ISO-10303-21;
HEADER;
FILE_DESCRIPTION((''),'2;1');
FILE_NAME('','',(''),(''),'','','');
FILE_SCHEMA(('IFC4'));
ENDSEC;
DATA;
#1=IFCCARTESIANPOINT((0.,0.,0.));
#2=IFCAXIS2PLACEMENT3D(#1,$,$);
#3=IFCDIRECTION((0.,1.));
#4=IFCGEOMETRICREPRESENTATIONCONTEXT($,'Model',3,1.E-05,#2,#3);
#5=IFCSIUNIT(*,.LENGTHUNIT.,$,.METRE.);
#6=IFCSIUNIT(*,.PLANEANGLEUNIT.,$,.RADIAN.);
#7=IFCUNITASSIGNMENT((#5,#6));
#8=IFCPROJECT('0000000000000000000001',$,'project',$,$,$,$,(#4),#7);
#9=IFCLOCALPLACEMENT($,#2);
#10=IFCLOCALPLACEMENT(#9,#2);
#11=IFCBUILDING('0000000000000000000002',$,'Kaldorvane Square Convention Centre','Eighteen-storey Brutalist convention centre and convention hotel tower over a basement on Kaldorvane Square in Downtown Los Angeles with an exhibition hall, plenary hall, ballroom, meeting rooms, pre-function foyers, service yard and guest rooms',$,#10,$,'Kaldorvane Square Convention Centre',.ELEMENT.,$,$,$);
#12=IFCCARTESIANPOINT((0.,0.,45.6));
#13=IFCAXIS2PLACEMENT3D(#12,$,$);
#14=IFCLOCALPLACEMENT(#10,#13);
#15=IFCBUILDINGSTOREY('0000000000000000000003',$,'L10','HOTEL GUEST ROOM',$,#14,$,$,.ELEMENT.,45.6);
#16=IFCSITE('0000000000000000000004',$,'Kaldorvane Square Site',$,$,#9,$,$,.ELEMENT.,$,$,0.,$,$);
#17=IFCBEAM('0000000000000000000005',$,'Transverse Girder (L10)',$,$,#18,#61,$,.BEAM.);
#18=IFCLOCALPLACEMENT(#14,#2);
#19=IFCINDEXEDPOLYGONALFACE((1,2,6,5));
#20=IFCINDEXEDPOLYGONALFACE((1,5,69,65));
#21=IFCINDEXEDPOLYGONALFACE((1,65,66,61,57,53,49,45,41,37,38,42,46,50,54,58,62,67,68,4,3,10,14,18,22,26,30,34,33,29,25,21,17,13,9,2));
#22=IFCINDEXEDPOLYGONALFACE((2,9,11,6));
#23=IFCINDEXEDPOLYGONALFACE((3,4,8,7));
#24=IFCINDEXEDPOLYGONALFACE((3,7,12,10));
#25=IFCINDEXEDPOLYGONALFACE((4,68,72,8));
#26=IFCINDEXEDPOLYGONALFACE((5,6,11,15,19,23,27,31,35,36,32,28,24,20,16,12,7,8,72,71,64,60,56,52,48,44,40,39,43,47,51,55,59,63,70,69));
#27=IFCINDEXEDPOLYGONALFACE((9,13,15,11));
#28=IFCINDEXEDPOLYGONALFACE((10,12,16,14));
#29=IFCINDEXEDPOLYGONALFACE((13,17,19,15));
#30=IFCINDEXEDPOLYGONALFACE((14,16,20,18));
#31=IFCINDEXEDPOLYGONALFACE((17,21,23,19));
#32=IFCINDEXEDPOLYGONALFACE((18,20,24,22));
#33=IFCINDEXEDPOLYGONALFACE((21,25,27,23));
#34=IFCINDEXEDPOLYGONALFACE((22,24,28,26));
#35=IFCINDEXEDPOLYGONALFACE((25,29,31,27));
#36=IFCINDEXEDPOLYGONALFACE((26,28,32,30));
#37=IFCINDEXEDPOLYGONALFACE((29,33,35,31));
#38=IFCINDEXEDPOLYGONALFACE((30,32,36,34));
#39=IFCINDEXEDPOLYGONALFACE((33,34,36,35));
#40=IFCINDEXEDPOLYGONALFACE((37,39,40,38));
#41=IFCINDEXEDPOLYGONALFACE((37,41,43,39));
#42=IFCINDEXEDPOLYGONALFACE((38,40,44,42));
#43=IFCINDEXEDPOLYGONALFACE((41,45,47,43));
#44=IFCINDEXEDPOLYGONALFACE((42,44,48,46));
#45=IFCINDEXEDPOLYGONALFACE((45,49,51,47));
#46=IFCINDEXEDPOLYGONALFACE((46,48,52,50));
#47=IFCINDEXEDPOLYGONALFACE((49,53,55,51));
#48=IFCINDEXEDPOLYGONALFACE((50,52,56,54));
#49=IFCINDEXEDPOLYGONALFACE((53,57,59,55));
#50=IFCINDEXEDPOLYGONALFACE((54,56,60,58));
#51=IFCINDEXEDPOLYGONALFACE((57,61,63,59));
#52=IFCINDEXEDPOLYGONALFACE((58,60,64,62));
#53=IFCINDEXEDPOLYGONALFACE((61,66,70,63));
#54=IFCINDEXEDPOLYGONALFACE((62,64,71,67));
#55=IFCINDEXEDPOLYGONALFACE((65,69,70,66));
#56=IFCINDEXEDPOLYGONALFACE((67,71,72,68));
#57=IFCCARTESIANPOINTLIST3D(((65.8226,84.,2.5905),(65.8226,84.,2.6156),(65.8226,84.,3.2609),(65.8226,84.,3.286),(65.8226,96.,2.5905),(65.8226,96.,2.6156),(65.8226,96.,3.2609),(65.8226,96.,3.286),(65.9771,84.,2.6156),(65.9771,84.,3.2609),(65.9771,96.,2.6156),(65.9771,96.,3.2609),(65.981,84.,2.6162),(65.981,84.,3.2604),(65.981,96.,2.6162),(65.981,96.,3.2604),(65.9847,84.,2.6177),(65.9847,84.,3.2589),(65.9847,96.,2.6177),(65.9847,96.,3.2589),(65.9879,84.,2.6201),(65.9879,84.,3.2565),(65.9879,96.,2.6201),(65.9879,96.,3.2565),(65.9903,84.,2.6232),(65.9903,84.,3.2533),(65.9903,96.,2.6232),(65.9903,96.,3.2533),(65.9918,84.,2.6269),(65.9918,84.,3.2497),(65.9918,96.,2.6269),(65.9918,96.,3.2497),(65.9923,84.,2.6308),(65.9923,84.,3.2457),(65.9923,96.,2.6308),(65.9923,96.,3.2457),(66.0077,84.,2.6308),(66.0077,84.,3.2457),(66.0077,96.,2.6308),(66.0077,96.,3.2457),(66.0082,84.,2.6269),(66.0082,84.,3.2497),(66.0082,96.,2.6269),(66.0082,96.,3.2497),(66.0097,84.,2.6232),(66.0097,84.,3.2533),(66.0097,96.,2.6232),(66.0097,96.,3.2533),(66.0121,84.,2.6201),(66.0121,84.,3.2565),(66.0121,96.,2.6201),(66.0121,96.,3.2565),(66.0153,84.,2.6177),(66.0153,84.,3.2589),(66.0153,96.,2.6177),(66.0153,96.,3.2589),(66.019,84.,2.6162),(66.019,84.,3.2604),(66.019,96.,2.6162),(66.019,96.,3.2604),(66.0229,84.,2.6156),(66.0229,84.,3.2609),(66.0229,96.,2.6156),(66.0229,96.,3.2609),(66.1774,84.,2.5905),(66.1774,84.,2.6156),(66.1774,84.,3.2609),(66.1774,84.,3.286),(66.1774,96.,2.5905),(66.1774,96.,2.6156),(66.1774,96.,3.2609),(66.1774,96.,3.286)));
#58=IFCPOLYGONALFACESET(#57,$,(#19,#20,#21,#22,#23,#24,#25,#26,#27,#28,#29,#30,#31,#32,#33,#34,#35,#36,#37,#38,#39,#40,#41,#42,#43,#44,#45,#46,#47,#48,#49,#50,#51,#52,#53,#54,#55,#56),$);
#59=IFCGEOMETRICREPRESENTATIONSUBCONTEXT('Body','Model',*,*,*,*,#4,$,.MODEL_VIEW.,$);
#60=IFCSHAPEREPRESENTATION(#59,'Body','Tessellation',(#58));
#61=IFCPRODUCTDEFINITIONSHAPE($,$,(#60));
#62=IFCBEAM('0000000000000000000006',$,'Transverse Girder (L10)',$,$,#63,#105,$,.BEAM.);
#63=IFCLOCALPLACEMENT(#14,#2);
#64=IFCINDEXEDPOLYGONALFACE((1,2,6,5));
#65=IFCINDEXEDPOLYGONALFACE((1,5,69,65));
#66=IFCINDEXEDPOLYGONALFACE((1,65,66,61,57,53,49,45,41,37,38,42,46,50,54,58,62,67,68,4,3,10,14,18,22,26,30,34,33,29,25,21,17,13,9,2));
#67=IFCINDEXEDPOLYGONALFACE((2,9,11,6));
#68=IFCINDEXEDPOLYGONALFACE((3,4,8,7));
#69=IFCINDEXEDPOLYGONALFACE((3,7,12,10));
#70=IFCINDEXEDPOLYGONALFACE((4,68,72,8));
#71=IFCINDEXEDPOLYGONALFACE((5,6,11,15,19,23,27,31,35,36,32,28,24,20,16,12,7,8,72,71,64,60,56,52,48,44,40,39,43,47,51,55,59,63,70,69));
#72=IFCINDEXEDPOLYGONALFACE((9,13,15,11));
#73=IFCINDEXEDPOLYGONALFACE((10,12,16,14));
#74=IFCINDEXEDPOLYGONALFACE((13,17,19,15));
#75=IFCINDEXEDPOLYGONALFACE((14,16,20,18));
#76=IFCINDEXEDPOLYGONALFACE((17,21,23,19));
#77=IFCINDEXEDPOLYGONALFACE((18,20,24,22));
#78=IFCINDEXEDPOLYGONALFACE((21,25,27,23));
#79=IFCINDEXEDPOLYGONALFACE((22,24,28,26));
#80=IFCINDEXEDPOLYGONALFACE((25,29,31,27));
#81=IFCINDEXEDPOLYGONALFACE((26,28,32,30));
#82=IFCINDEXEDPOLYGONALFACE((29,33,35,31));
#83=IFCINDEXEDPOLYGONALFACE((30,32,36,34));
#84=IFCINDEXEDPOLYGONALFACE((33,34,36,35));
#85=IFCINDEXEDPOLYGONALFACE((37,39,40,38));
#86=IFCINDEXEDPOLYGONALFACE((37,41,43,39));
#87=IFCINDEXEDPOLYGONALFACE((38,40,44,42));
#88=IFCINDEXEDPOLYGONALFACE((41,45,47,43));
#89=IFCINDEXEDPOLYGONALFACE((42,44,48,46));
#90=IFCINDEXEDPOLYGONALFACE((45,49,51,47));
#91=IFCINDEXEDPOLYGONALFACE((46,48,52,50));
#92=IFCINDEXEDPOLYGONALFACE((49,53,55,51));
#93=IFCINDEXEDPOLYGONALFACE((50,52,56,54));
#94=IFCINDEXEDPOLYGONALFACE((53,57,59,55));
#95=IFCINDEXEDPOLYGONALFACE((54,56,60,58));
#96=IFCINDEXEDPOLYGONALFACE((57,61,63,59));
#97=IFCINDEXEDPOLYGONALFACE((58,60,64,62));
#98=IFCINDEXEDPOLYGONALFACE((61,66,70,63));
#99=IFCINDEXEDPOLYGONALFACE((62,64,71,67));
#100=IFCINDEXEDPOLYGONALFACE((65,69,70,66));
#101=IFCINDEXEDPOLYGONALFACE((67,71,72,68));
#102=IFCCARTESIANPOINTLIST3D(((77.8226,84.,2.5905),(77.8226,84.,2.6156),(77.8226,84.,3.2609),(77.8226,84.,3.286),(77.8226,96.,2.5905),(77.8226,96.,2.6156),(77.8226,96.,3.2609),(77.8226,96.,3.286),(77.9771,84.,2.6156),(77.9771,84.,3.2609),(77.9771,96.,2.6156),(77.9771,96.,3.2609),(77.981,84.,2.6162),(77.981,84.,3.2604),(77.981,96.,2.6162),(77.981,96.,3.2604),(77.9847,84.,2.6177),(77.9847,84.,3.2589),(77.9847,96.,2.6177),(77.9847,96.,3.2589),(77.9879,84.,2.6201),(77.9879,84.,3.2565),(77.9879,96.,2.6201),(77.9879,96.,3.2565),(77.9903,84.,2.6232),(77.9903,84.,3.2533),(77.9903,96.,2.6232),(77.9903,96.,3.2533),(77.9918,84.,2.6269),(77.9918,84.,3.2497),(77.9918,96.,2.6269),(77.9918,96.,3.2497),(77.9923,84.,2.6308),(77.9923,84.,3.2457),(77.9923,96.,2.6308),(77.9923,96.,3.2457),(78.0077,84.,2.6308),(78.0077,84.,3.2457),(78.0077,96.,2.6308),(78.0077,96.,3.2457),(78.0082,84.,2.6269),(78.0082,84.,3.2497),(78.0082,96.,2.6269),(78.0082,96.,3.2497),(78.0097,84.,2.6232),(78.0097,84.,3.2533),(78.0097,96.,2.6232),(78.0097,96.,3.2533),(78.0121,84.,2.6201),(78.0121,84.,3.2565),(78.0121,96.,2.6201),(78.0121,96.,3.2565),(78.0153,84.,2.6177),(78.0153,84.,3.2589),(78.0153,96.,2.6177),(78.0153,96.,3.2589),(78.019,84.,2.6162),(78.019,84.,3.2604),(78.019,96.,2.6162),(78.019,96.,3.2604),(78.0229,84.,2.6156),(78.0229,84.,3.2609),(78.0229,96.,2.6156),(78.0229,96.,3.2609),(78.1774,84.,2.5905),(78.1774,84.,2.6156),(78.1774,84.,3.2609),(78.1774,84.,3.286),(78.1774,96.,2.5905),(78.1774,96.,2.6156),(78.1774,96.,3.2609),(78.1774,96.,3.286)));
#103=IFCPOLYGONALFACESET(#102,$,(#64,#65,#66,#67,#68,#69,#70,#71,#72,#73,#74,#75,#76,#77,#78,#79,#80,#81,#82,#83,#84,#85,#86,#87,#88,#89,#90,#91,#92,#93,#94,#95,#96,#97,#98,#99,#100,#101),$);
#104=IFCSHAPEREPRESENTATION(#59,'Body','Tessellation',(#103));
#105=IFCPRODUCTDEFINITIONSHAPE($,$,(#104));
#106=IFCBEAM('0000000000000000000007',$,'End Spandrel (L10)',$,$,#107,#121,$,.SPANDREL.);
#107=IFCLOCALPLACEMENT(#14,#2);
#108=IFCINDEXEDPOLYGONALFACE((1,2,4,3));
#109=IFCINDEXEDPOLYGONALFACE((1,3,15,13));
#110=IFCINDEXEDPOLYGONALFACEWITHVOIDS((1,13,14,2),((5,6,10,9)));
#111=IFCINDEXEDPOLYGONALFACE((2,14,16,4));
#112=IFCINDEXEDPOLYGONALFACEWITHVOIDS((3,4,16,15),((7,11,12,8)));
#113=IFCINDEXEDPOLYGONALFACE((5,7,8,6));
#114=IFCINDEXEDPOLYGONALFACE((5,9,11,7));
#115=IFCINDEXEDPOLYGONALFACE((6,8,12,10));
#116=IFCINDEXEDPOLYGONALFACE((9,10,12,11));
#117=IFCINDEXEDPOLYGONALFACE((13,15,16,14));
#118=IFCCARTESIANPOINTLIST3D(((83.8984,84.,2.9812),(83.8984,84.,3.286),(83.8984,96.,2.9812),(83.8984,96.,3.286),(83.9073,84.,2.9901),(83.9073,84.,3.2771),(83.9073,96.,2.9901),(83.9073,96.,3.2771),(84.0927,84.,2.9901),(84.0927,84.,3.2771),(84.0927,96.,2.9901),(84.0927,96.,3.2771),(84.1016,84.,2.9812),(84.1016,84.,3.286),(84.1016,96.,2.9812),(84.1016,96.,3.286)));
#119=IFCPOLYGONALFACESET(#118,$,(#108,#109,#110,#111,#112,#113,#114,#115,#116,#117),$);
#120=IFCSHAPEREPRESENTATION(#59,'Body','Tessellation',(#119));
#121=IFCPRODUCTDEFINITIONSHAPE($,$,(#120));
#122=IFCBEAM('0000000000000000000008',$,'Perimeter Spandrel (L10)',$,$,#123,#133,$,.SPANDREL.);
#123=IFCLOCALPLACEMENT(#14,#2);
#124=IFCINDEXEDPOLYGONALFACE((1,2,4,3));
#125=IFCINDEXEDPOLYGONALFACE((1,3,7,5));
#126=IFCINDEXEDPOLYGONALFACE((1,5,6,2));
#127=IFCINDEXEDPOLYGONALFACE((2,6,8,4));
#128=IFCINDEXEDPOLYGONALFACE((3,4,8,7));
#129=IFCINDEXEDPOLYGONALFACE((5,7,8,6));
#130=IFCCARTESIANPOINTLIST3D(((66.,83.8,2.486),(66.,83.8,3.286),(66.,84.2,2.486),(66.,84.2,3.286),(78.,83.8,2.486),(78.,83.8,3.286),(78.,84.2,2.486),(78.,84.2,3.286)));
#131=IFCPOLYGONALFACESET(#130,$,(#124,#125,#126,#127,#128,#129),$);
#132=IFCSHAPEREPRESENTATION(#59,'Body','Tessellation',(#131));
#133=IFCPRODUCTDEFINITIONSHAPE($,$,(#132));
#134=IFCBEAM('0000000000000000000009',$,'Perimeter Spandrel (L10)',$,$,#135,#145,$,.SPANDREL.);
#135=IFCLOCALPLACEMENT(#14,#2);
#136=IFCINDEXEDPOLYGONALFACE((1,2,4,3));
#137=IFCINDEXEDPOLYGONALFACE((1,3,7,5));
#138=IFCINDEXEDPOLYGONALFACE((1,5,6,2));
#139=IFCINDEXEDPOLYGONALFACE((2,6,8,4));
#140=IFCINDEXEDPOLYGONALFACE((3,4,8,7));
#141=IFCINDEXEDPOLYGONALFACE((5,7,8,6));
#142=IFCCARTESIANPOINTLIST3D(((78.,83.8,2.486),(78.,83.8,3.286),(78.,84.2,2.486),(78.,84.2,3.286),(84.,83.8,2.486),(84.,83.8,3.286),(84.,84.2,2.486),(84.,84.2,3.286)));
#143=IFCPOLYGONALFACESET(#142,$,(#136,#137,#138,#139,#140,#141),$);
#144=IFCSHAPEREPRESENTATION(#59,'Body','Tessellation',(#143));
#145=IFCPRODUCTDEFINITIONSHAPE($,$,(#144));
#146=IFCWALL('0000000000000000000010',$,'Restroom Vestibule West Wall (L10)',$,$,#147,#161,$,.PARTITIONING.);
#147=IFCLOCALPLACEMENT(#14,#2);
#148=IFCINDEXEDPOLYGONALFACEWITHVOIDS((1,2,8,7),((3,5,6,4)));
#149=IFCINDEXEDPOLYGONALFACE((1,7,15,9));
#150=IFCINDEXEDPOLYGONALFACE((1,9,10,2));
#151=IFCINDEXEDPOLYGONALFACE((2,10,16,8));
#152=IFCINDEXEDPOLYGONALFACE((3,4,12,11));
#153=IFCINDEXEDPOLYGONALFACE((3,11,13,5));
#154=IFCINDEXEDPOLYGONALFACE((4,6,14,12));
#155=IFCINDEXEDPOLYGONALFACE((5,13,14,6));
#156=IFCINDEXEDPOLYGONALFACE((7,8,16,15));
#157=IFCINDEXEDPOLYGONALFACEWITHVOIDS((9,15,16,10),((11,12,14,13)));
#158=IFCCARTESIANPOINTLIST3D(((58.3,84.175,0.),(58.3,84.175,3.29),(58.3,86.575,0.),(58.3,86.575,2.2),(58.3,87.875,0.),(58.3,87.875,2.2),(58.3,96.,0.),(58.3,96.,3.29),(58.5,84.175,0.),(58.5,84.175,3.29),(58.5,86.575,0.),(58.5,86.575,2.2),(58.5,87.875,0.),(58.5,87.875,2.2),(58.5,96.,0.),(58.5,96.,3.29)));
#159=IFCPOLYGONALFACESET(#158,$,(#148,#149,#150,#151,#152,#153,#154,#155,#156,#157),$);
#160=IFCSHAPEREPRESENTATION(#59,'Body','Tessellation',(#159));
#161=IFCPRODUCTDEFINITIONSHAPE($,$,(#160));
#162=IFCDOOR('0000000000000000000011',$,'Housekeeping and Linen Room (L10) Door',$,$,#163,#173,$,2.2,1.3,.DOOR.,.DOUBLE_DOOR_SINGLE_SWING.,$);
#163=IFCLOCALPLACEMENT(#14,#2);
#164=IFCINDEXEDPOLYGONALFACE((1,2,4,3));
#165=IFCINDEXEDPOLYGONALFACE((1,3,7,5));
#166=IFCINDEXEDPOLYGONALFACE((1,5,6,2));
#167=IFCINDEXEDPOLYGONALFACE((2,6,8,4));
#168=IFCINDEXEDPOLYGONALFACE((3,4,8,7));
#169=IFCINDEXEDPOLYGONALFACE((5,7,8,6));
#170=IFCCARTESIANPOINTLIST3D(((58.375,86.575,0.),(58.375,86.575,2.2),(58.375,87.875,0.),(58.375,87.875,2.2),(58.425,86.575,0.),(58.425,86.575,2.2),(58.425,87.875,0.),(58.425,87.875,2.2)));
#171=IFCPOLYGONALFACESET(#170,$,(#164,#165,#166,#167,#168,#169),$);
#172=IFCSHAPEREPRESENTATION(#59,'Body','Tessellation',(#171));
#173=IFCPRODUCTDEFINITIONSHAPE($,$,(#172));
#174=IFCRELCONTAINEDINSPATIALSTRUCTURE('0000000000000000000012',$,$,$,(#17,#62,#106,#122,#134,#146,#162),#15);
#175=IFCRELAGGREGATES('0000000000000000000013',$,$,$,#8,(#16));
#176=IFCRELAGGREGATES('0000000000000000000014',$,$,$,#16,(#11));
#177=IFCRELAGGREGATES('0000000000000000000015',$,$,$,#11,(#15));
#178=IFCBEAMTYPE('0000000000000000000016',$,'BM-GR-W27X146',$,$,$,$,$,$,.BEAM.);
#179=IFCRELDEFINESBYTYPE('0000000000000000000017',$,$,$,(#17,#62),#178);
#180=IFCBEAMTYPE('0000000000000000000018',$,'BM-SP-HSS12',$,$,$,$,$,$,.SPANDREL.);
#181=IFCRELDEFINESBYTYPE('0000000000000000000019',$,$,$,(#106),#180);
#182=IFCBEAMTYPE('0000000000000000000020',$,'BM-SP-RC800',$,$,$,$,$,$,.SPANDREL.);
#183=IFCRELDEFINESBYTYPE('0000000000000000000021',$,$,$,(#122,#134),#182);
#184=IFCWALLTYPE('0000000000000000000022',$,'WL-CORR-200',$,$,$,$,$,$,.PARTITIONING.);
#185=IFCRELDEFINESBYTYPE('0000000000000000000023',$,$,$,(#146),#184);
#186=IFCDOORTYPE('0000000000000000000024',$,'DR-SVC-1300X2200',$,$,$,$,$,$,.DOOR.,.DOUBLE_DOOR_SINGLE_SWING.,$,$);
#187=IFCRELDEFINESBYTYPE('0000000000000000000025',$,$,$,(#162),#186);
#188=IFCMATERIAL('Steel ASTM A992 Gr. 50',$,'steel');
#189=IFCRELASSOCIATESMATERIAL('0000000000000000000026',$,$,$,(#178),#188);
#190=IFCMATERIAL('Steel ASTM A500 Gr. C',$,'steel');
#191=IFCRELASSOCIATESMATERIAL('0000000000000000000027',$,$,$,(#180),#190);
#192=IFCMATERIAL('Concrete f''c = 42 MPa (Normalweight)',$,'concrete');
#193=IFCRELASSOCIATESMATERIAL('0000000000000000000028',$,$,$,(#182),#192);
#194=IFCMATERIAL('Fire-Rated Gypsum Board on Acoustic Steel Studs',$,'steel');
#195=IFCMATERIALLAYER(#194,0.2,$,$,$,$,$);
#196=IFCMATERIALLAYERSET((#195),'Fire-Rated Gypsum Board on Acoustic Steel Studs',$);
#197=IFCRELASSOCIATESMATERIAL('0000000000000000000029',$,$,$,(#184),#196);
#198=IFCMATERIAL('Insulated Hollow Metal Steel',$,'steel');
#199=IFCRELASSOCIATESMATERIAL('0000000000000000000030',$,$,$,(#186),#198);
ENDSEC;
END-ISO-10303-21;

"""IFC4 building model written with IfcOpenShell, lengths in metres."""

from ifc_helpers import new_model, si_unit, direction, frame, frame_2d, origin, origin_2d, place, context, subcontext, project, spatial, rectangle, hollow_rectangle, i_section, extrude, material, layer, layer_set, material_profile, profile_set, type_object, element, fill, save


model = new_model("IFC4")

# Units and contexts
model_context = context("Model", 3, precision=1e-05, world=origin(), true_north=direction((0.0, 1.0)))
body_context = subcontext(model_context, "Body", "Model", "MODEL_VIEW")
ifc_project = project(units=[si_unit("LENGTHUNIT", "METRE"), si_unit("PLANEANGLEUNIT", "RADIAN")], contexts=[model_context])

# Site, building, storey
site_placement = place(None, origin())
site = spatial("IfcSite", under=ifc_project, at=site_placement, Name="Kaldorvane Square Site", CompositionType="ELEMENT", RefElevation=0.0)
building_placement = place(site_placement, origin())
building = spatial("IfcBuilding", under=site, at=building_placement, Name="Kaldorvane Square Convention Centre", Description="Eighteen-storey Brutalist convention centre and convention hotel tower over a basement on Kaldorvane Square in Downtown Los Angeles with an exhibition hall, plenary hall, ballroom, meeting rooms, pre-function foyers, service yard and guest rooms", LongName="Kaldorvane Square Convention Centre", CompositionType="ELEMENT")
storey_placement = place(building_placement, frame((0.0, 0.0, 45.6)))
storey = spatial("IfcBuildingStorey", under=building, at=storey_placement, Name="L10", Description="HOTEL GUEST ROOM", CompositionType="ELEMENT", Elevation=45.6)

# Beams
ifc_material_1 = material(Name="Steel ASTM A992 Gr. 50", Category="steel")
ifc_material_profile_1 = material_profile(ifc_material_1, i_section(OverallWidth=0.3547, OverallDepth=0.6955, WebThickness=0.0154, FlangeThickness=0.0251, FilletRadius=0.0152, at=origin_2d()), Name="W27X146")
ifc_profile_set_1 = profile_set([ifc_material_profile_1], Name="Steel ASTM A992 Gr. 50")
beam_type_1 = type_object("IfcBeamType", Name="BM-GR-W27X146", PredefinedType="BEAM", material=ifc_profile_set_1)
for number, where, z_axis, x_axis, name in (
    (1, (66.0, 84.0, 2.9383), (0.0, 1.0, 0.0), (-1.0, 0.0, 0.0), "Transverse Girder (L10)"),
    (2, (78.0, 84.0, 2.9383), (0.0, 1.0, 0.0), (-1.0, 0.0, 0.0), "Transverse Girder (L10)"),
):
    element("IfcBeam", number, at=place(storey_placement, frame(where, z_axis=z_axis, x_axis=x_axis)), inside=storey, type_object=beam_type_1, Name=name, PredefinedType="BEAM", context=body_context, shape_type="SweptSolid", body=[
        extrude(i_section(OverallWidth=0.3547, OverallDepth=0.6955, WebThickness=0.0154, FlangeThickness=0.0251, FilletRadius=0.0152, at=origin_2d()), origin(), (0.0, 0.0, 1.0), 12.0),
    ])
ifc_material_2 = material(Name="Steel ASTM A500 Gr. C", Category="steel")
ifc_material_profile_2 = material_profile(ifc_material_2, hollow_rectangle(XDim=0.2032, YDim=0.3048, WallThickness=0.0089, at=origin_2d()), Name="HSS12X8X3/8")
ifc_profile_set_2 = profile_set([ifc_material_profile_2], Name="Steel ASTM A500 Gr. C")
beam_type_2 = type_object("IfcBeamType", Name="BM-SP-HSS12", PredefinedType="SPANDREL", material=ifc_profile_set_2)
beam_1_placement = place(storey_placement, frame((84.0, 84.0, 3.1336), z_axis=(0.0, 1.0, 0.0), x_axis=(-1.0, 0.0, 0.0)))
element("IfcBeam", 3, at=beam_1_placement, inside=storey, type_object=beam_type_2, Name="End Spandrel (L10)", PredefinedType="SPANDREL", context=body_context, shape_type="SweptSolid", body=[
    extrude(hollow_rectangle(XDim=0.2032, YDim=0.3048, WallThickness=0.0089, at=origin_2d()), origin(), (0.0, 0.0, 1.0), 12.0),
])
ifc_material_3 = material(Name="Concrete f'c = 42 MPa (Normalweight)", Category="concrete")
ifc_material_profile_3 = material_profile(ifc_material_3, rectangle(XDim=0.4, YDim=0.8, at=origin_2d()), Name="RCSP800X400")
ifc_profile_set_3 = profile_set([ifc_material_profile_3], Name="Concrete f'c = 42 MPa (Normalweight)")
beam_type_3 = type_object("IfcBeamType", Name="BM-SP-RC800", PredefinedType="SPANDREL", material=ifc_profile_set_3)
beam_2_placement = place(storey_placement, frame((66.0, 84.0, 2.886), z_axis=(1.0, 0.0, 0.0), x_axis=(0.0, 1.0, 0.0)))
element("IfcBeam", 4, at=beam_2_placement, inside=storey, type_object=beam_type_3, Name="Perimeter Spandrel (L10)", PredefinedType="SPANDREL", context=body_context, shape_type="SweptSolid", body=[
    extrude(rectangle(XDim=0.4, YDim=0.8, at=origin_2d()), origin(), (0.0, 0.0, 1.0), 12.0),
])
beam_3_placement = place(storey_placement, frame((78.0, 84.0, 2.886), z_axis=(1.0, 0.0, 0.0), x_axis=(0.0, 1.0, 0.0)))
element("IfcBeam", 5, at=beam_3_placement, inside=storey, type_object=beam_type_3, Name="Perimeter Spandrel (L10)", PredefinedType="SPANDREL", context=body_context, shape_type="SweptSolid", body=[
    extrude(rectangle(XDim=0.4, YDim=0.8, at=origin_2d()), origin(), (0.0, 0.0, 1.0), 6.0),
])

# Wall, opening, door
ifc_material_4 = material(Name="Fire-Rated Gypsum Board on Acoustic Steel Studs", Category="steel")
ifc_layer_1 = layer(ifc_material_4, 0.2)
ifc_layer_set_1 = layer_set([ifc_layer_1], Name="Fire-Rated Gypsum Board on Acoustic Steel Studs")
wall_type_1 = type_object("IfcWallType", Name="WL-CORR-200", PredefinedType="PARTITIONING", material=ifc_layer_set_1)
wall_1_placement = place(storey_placement, frame((58.4, 84.175, 0.0), z_axis=(0.0, 0.0, 1.0), x_axis=(0.0, 1.0, 0.0)))
wall_1 = element("IfcWall", 6, at=wall_1_placement, inside=storey, type_object=wall_type_1, Name="Restroom Vestibule West Wall (L10)", PredefinedType="PARTITIONING", context=body_context, shape_type="SweptSolid", body=[
    extrude(rectangle(XDim=11.825, YDim=0.2, at=frame_2d((5.9125, 0.0))), origin(), (0.0, 0.0, 1.0), 3.29),
])
opening_1_placement = place(wall_1_placement, frame((2.4, 0.0, 0.0)))
opening_1 = element("IfcOpeningElement", 7, at=opening_1_placement, cuts=wall_1, PredefinedType="OPENING", context=body_context, shape_type="SweptSolid", body=[
    extrude(rectangle(XDim=1.3, YDim=2.2, at=frame_2d((0.65, 1.1))), frame((0.0, 0.115, 0.0), z_axis=(0.0, -1.0, 0.0), x_axis=(1.0, 0.0, 0.0)), (0.0, 0.0, 1.0), 0.23),
])
ifc_material_5 = material(Name="Insulated Hollow Metal Steel", Category="steel")
door_type_1 = type_object("IfcDoorType", Name="DR-SVC-1300X2200", OperationType="DOUBLE_DOOR_SINGLE_SWING", PredefinedType="DOOR", material=ifc_material_5)
door_1_placement = place(opening_1_placement, origin())
door_1 = element("IfcDoor", 8, at=door_1_placement, inside=storey, type_object=door_type_1, Name="Housekeeping and Linen Room (L10) Door", OperationType="DOUBLE_DOOR_SINGLE_SWING", OverallHeight=2.2, OverallWidth=1.3, PredefinedType="DOOR", context=body_context, shape_type="SweptSolid", body=[
    extrude(rectangle(XDim=1.3, YDim=2.2, at=frame_2d((0.65, 1.1))), frame((0.0, 0.025, 0.0), z_axis=(0.0, -1.0, 0.0), x_axis=(1.0, 0.0, 0.0)), (0.0, 0.0, 1.0), 0.05),
])
fill(opening_1, door_1)

save(model, "model.ifc")
